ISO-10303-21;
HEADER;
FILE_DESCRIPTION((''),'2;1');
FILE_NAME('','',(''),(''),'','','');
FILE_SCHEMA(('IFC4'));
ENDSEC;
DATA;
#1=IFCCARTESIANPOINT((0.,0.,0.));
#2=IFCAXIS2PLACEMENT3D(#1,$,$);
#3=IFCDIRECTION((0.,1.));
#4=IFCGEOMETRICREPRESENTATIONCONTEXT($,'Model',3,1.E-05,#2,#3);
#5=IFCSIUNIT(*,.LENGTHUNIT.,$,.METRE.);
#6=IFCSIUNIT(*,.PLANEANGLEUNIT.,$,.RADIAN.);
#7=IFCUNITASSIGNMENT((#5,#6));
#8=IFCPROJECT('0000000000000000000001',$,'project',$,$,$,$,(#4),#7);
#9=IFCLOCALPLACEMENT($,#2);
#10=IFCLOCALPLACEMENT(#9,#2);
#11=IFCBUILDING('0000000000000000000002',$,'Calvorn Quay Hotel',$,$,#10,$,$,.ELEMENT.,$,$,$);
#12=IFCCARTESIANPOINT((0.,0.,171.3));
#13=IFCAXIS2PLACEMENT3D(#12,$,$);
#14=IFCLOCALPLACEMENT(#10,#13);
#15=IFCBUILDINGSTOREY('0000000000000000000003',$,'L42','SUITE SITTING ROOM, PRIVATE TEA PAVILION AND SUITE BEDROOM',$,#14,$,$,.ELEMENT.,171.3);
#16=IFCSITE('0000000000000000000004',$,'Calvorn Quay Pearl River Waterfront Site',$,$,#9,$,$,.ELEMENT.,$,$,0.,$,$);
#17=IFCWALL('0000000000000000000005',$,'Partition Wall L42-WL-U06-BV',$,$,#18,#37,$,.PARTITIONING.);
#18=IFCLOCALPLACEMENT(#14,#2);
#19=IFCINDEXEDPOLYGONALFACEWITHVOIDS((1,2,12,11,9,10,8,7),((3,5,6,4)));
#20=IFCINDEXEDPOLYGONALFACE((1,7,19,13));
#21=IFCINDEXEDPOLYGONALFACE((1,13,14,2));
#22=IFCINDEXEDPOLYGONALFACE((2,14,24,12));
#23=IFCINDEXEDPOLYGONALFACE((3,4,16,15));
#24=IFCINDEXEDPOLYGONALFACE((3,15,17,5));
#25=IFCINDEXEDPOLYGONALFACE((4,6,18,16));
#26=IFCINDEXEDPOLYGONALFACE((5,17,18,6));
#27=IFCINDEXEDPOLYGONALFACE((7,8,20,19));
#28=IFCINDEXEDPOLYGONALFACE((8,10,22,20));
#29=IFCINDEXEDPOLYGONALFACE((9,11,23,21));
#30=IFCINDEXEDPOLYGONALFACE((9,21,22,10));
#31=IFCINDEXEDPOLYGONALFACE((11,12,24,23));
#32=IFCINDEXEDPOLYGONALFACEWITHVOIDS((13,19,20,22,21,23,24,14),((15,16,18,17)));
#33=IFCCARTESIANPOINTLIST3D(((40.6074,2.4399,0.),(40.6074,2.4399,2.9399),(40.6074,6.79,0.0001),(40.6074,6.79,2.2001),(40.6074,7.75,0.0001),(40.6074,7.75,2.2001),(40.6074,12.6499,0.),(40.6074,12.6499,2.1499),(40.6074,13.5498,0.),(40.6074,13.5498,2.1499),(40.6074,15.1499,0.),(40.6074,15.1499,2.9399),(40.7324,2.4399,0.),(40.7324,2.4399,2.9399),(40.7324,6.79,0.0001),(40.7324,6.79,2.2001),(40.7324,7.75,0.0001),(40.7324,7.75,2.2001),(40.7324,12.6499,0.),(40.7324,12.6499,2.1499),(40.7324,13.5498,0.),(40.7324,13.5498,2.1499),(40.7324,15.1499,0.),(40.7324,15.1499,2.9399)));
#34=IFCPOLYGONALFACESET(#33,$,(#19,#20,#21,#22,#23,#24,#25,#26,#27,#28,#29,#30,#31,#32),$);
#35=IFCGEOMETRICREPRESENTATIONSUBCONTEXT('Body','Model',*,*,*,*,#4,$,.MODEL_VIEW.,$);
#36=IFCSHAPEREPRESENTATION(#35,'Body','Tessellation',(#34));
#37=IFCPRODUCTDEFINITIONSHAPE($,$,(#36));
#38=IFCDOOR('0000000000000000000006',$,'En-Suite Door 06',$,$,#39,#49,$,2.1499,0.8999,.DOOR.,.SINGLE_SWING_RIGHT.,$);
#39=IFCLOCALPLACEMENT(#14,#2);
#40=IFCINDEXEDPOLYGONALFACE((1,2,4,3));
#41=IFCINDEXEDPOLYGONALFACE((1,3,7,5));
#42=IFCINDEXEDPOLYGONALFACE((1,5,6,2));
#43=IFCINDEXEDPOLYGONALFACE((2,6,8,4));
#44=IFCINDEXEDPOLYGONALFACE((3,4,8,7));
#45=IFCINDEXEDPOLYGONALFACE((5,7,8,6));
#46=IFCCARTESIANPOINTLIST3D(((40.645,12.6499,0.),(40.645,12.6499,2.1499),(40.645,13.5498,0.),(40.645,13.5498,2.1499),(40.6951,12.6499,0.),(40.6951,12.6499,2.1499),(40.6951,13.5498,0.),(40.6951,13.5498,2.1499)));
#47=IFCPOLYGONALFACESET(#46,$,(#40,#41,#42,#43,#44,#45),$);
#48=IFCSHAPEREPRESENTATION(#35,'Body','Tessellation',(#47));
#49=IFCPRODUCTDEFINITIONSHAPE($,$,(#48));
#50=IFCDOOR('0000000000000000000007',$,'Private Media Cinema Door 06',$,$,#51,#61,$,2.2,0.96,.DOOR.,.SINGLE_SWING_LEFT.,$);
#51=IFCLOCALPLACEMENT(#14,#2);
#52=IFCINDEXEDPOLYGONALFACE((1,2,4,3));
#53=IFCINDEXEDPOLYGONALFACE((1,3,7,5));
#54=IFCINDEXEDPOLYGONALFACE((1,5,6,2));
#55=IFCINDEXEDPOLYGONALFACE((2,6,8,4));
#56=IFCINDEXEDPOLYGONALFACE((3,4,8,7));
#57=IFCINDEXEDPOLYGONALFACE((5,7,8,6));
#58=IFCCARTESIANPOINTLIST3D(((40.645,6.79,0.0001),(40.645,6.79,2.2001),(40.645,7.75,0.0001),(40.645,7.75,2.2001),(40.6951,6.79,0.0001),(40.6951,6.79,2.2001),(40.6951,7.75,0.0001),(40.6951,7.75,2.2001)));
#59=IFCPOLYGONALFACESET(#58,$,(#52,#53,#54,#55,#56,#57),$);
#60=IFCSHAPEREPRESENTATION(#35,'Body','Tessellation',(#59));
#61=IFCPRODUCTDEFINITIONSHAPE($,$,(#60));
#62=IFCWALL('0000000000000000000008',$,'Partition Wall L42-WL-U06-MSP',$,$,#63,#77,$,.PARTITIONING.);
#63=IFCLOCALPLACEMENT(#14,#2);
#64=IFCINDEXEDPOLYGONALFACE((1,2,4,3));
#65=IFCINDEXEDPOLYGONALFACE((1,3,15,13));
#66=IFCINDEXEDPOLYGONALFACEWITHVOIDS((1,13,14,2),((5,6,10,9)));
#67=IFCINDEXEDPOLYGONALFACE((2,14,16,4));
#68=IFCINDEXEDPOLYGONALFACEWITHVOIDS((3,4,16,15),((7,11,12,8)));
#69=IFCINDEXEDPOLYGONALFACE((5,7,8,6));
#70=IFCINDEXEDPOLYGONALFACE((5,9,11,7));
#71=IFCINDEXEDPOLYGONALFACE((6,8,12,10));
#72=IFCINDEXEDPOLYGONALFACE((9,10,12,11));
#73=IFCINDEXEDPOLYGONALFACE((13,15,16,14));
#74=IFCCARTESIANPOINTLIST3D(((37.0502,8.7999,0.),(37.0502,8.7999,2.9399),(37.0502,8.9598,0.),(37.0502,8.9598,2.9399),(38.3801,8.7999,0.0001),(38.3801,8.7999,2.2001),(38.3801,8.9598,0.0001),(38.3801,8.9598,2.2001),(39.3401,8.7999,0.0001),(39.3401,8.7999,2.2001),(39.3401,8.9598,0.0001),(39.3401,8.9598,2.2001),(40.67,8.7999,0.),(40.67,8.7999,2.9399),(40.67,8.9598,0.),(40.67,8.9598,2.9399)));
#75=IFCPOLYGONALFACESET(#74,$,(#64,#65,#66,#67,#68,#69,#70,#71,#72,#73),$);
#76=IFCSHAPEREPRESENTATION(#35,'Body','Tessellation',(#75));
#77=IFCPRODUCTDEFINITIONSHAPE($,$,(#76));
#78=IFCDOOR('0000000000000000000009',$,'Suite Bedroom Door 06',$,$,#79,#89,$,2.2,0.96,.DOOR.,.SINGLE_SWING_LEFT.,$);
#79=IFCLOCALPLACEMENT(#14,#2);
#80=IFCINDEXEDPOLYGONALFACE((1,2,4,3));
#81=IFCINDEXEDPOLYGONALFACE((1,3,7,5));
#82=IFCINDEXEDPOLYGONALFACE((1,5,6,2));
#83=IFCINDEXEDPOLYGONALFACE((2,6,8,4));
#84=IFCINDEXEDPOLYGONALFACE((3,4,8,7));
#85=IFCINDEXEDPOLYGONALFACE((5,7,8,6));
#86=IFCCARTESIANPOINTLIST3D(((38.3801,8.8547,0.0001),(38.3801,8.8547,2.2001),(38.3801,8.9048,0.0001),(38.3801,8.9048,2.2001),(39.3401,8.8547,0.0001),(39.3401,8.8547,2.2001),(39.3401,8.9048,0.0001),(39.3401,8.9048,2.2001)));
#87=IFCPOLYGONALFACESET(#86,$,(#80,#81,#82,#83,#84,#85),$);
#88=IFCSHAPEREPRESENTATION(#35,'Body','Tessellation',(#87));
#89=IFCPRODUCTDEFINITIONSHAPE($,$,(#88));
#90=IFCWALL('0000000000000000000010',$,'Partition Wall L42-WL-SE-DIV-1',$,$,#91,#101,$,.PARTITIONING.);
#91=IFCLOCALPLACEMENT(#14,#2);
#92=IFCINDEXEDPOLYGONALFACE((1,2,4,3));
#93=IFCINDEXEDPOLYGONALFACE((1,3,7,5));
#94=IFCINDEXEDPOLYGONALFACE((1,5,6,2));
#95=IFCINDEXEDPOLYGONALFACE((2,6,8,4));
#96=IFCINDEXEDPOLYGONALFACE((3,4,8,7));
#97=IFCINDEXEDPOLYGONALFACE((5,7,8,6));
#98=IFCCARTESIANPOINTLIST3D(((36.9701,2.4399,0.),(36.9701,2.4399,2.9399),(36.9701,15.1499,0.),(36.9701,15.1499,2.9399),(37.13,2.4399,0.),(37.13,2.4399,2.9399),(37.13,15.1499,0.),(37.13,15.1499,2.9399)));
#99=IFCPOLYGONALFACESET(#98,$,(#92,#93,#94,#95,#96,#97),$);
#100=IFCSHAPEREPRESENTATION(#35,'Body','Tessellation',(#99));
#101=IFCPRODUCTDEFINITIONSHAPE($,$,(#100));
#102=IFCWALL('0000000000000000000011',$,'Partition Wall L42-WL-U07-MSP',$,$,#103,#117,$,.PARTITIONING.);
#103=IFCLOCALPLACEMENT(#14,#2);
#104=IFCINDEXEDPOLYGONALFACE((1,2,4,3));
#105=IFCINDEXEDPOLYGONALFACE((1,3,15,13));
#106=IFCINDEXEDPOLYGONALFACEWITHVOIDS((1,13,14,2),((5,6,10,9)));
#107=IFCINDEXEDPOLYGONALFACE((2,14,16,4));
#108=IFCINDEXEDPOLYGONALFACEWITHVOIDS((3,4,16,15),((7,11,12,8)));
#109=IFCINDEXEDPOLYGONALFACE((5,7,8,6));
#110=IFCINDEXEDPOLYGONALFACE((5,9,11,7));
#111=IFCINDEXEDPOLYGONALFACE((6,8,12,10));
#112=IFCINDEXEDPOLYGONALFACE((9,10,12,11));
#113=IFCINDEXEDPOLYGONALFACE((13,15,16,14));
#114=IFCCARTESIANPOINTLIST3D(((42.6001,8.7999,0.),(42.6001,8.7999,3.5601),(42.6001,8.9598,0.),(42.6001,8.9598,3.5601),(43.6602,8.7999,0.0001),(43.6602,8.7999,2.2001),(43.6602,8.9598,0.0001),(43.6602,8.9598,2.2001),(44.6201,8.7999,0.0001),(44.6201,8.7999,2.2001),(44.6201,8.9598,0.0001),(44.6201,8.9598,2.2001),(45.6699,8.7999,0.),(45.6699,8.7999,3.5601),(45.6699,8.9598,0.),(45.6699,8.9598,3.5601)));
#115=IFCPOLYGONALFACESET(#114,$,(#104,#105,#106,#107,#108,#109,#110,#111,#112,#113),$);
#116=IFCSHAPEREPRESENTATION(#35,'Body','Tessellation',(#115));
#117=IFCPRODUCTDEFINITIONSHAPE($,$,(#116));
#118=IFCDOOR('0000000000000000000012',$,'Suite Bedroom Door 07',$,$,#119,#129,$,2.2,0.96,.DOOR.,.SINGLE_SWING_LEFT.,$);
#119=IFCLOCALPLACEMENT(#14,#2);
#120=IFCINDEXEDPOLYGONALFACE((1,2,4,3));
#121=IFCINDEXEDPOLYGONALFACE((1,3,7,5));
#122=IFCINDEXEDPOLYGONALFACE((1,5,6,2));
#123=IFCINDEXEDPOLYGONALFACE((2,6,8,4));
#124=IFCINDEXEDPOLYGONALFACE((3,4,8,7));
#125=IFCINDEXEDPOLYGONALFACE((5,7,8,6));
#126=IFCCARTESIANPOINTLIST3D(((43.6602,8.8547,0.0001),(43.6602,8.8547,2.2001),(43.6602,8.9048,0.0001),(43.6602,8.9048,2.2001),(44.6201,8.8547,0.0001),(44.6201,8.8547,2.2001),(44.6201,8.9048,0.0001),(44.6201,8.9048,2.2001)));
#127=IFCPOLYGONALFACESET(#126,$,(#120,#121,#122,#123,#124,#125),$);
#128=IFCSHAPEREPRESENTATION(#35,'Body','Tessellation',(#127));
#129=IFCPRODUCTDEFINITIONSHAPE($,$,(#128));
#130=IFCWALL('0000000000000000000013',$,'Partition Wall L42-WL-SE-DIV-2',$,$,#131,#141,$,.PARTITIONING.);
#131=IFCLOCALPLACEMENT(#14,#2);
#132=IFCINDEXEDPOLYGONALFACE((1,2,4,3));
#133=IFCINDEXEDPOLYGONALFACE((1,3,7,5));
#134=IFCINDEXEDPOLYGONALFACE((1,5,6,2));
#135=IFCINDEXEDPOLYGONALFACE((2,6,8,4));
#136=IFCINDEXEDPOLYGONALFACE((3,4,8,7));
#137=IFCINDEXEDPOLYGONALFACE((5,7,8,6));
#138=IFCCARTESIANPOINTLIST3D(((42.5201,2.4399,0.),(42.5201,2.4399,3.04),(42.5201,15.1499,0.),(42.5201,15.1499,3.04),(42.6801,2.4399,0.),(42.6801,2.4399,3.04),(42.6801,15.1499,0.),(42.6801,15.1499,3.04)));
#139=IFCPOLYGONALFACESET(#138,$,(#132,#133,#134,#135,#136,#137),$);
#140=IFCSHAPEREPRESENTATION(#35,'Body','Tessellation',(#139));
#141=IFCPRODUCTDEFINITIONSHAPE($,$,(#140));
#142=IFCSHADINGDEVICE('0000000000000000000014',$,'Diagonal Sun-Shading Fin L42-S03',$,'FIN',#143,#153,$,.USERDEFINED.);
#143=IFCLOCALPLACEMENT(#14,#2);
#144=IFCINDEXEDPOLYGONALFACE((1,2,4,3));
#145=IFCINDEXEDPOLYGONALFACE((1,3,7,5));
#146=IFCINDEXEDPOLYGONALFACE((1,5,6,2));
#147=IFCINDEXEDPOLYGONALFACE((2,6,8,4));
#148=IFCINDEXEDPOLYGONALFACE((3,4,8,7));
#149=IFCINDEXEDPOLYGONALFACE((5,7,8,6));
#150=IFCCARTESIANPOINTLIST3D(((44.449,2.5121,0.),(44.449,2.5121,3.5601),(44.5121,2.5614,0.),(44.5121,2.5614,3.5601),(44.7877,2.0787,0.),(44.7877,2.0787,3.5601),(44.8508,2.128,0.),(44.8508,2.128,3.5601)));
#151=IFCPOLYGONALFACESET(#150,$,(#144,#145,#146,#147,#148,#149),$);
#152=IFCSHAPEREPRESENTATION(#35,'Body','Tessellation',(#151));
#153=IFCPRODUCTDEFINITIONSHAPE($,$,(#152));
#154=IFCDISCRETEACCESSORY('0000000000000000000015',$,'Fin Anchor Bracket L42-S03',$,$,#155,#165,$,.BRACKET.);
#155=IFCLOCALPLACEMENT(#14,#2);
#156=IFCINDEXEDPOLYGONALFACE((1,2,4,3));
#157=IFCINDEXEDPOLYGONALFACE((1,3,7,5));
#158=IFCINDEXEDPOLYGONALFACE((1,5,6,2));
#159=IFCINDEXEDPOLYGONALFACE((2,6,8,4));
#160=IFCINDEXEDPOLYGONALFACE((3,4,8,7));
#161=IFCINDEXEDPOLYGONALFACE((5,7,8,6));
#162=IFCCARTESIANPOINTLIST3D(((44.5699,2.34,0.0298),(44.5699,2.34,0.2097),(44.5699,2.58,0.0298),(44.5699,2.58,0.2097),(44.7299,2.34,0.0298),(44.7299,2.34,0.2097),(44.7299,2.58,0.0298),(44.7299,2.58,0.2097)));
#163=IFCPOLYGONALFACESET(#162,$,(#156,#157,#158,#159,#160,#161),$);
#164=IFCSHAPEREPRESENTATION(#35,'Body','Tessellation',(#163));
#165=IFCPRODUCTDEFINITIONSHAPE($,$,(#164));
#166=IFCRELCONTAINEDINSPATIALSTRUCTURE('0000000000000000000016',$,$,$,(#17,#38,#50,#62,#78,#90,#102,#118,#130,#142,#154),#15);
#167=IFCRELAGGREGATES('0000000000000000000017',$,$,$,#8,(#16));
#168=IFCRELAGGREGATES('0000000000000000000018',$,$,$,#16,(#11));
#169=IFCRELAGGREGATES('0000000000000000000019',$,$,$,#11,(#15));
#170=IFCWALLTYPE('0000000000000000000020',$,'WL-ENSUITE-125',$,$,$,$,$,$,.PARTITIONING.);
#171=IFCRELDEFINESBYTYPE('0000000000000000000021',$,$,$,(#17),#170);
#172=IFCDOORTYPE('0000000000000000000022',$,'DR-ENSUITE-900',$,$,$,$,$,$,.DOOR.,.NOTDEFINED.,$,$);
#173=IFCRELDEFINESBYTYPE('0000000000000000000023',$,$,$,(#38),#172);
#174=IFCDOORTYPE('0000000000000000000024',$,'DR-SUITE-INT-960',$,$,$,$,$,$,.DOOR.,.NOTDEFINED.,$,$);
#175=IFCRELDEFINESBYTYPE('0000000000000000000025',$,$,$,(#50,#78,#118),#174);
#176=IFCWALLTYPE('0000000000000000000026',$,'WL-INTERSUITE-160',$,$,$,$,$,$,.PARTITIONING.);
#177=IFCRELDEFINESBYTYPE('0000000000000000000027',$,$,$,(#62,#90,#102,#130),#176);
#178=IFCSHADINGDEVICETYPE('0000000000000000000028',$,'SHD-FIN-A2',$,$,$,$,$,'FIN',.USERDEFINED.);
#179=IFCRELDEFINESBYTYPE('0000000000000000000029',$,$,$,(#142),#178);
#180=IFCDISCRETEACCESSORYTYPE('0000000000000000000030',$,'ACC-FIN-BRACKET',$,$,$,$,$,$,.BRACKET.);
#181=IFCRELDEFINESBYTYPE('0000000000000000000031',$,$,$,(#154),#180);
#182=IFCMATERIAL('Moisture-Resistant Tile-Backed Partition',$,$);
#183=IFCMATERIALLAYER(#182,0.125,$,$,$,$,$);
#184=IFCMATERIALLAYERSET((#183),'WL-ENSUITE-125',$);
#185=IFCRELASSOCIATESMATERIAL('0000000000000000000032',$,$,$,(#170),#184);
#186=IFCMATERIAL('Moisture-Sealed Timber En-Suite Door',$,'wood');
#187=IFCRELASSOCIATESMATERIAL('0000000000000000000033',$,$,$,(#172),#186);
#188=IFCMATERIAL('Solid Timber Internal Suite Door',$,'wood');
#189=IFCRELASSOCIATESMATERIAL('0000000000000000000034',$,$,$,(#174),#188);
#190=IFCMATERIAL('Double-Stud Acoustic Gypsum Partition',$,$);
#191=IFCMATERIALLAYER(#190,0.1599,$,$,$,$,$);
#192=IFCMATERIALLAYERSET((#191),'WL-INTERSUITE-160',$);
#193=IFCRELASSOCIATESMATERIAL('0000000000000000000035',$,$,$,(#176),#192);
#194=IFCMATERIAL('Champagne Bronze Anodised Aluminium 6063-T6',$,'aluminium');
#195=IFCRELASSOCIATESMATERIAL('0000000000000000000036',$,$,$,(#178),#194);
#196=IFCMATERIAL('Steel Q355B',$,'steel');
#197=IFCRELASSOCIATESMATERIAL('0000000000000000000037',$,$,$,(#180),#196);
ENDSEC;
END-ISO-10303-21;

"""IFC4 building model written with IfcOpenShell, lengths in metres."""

from ifc_helpers import new_model, si_unit, direction, frame, frame_2d, origin, origin_2d, place, context, subcontext, project, spatial, rectangle, extrude, material, layer, layer_set, type_object, element, fill, save


model = new_model("IFC4")

# Units and contexts
model_context = context("Model", 3, precision=1e-05, world=origin(), true_north=direction((0.0, 1.0)))
body_context = subcontext(model_context, "Body", "Model", "MODEL_VIEW")
ifc_project = project(units=[si_unit("LENGTHUNIT", "METRE"), si_unit("PLANEANGLEUNIT", "RADIAN")], contexts=[model_context])

# Site, building, storey
site_placement = place(None, origin())
site = spatial("IfcSite", under=ifc_project, at=site_placement, Name="Calvorn Quay Pearl River Waterfront Site", CompositionType="ELEMENT", RefElevation=0.0)
building_placement = place(site_placement, origin())
building = spatial("IfcBuilding", under=site, at=building_placement, Name="Calvorn Quay Hotel", CompositionType="ELEMENT")
storey_placement = place(building_placement, frame((0.0, 0.0, 171.3)))
storey = spatial("IfcBuildingStorey", under=building, at=storey_placement, Name="L42", Description="SUITE SITTING ROOM, PRIVATE TEA PAVILION AND SUITE BEDROOM", CompositionType="ELEMENT", Elevation=171.3)

# Wall, openings, doors
ifc_material_1 = material(Name="Moisture-Resistant Tile-Backed Partition")
ifc_layer_1 = layer(ifc_material_1, 0.125)
ifc_layer_set_1 = layer_set([ifc_layer_1], Name="WL-ENSUITE-125")
wall_type_1 = type_object("IfcWallType", Name="WL-ENSUITE-125", PredefinedType="PARTITIONING", material=ifc_layer_set_1)
ifc_material_2 = material(Name="Moisture-Sealed Timber En-Suite Door", Category="wood")
door_type_1 = type_object("IfcDoorType", Name="DR-ENSUITE-900", OperationType="NOTDEFINED", PredefinedType="DOOR", material=ifc_material_2)
ifc_material_3 = material(Name="Solid Timber Internal Suite Door", Category="wood")
door_type_2 = type_object("IfcDoorType", Name="DR-SUITE-INT-960", OperationType="NOTDEFINED", PredefinedType="DOOR", material=ifc_material_3)
wall_1_placement = place(storey_placement, frame((40.6699, 2.4399, 0.0), z_axis=(0.0, 0.0, 1.0), x_axis=(0.0, 1.0, 0.0)))
wall_1 = element("IfcWall", 1, at=wall_1_placement, inside=storey, type_object=wall_type_1, Name="Partition Wall L42-WL-U06-BV", PredefinedType="PARTITIONING", context=body_context, shape_type="SweptSolid", body=[
    extrude(rectangle(XDim=12.71, YDim=0.125, at=frame_2d((6.355, 0.0))), origin(), (0.0, 0.0, 1.0), 2.9399),
])
opening_1_placement = place(wall_1_placement, frame((4.3501, 0.0, 0.0)))
opening_1 = element("IfcOpeningElement", 2, at=opening_1_placement, cuts=wall_1, PredefinedType="OPENING", context=body_context, shape_type="SweptSolid", body=[
    extrude(rectangle(XDim=0.96, YDim=2.2, at=frame_2d((0.48, 1.1001))), frame((0.0, 0.0725, 0.0), z_axis=(0.0, -1.0, 0.0), x_axis=(1.0, 0.0, 0.0)), (0.0, 0.0, 1.0), 0.145),
])
opening_2_placement = place(wall_1_placement, frame((10.21, 0.0, 0.0)))
opening_2 = element("IfcOpeningElement", 3, at=opening_2_placement, cuts=wall_1, PredefinedType="OPENING", context=body_context, shape_type="SweptSolid", body=[
    extrude(rectangle(XDim=0.8999, YDim=2.1499, at=frame_2d((0.45, 1.075))), frame((0.0, 0.0725, 0.0), z_axis=(0.0, -1.0, 0.0), x_axis=(1.0, 0.0, 0.0)), (0.0, 0.0, 1.0), 0.145),
])
door_1_placement = place(opening_2_placement, origin())
door_1 = element("IfcDoor", 4, at=door_1_placement, inside=storey, type_object=door_type_1, Name="En-Suite Door 06", OperationType="SINGLE_SWING_RIGHT", OverallHeight=2.1499, OverallWidth=0.8999, PredefinedType="DOOR", context=body_context, shape_type="SweptSolid", body=[
    extrude(rectangle(XDim=0.8999, YDim=2.1499, at=frame_2d((0.45, 1.075))), frame((0.0, 0.0249, 0.0), z_axis=(0.0, -1.0, 0.0), x_axis=(1.0, 0.0, 0.0)), (0.0, 0.0, 1.0), 0.05),
])
fill(opening_2, door_1)
door_2_placement = place(opening_1_placement, origin())
door_2 = element("IfcDoor", 5, at=door_2_placement, inside=storey, type_object=door_type_2, Name="Private Media Cinema Door 06", OperationType="SINGLE_SWING_LEFT", OverallHeight=2.2, OverallWidth=0.96, PredefinedType="DOOR", context=body_context, shape_type="SweptSolid", body=[
    extrude(rectangle(XDim=0.96, YDim=2.2, at=frame_2d((0.48, 1.1001))), frame((0.0, 0.0249, 0.0), z_axis=(0.0, -1.0, 0.0), x_axis=(1.0, 0.0, 0.0)), (0.0, 0.0, 1.0), 0.05),
])
fill(opening_1, door_2)

# Wall, opening, door
ifc_material_4 = material(Name="Double-Stud Acoustic Gypsum Partition")
ifc_layer_2 = layer(ifc_material_4, 0.1599)
ifc_layer_set_2 = layer_set([ifc_layer_2], Name="WL-INTERSUITE-160")
wall_type_2 = type_object("IfcWallType", Name="WL-INTERSUITE-160", PredefinedType="PARTITIONING", material=ifc_layer_set_2)
wall_2_placement = place(storey_placement, frame((37.05, 8.8799, 0.0), z_axis=(0.0, 0.0, 1.0), x_axis=(1.0, 0.0, 0.0)))
wall_2 = element("IfcWall", 6, at=wall_2_placement, inside=storey, type_object=wall_type_2, Name="Partition Wall L42-WL-U06-MSP", PredefinedType="PARTITIONING", context=body_context, shape_type="SweptSolid", body=[
    extrude(rectangle(XDim=3.6199, YDim=0.1599, at=frame_2d((1.8101, 0.0))), origin(), (0.0, 0.0, 1.0), 2.9399),
])
opening_3_placement = place(wall_2_placement, frame((1.3301, 0.0, 0.0)))
opening_3 = element("IfcOpeningElement", 7, at=opening_3_placement, cuts=wall_2, PredefinedType="OPENING", context=body_context, shape_type="SweptSolid", body=[
    extrude(rectangle(XDim=0.96, YDim=2.2, at=frame_2d((0.48, 1.1001))), frame((0.0, 0.0898, 0.0), z_axis=(0.0, -1.0, 0.0), x_axis=(1.0, 0.0, 0.0)), (0.0, 0.0, 1.0), 0.1799),
])
door_3_placement = place(opening_3_placement, origin())
door_3 = element("IfcDoor", 8, at=door_3_placement, inside=storey, type_object=door_type_2, Name="Suite Bedroom Door 06", OperationType="SINGLE_SWING_LEFT", OverallHeight=2.2, OverallWidth=0.96, PredefinedType="DOOR", context=body_context, shape_type="SweptSolid", body=[
    extrude(rectangle(XDim=0.96, YDim=2.2, at=frame_2d((0.48, 1.1001))), frame((0.0, 0.0249, 0.0), z_axis=(0.0, -1.0, 0.0), x_axis=(1.0, 0.0, 0.0)), (0.0, 0.0, 1.0), 0.05),
])
fill(opening_3, door_3)

# Wall
wall_3_placement = place(storey_placement, frame((37.05, 2.4399, 0.0), z_axis=(0.0, 0.0, 1.0), x_axis=(0.0, 1.0, 0.0)))
element("IfcWall", 9, at=wall_3_placement, inside=storey, type_object=wall_type_2, Name="Partition Wall L42-WL-SE-DIV-1", PredefinedType="PARTITIONING", context=body_context, shape_type="SweptSolid", body=[
    extrude(rectangle(XDim=12.71, YDim=0.1599, at=frame_2d((6.355, 0.0))), origin(), (0.0, 0.0, 1.0), 2.9399),
])

# Wall, opening, door
wall_4_placement = place(storey_placement, frame((42.6001, 8.8799, 0.0), z_axis=(0.0, 0.0, 1.0), x_axis=(1.0, 0.0, 0.0)))
wall_4 = element("IfcWall", 10, at=wall_4_placement, inside=storey, type_object=wall_type_2, Name="Partition Wall L42-WL-U07-MSP", PredefinedType="PARTITIONING", context=body_context, shape_type="SweptSolid", body=[
    extrude(rectangle(XDim=3.0698, YDim=0.1599, at=frame_2d((1.5349, 0.0))), origin(), (0.0, 0.0, 1.0), 3.5601),
])
opening_4_placement = place(wall_4_placement, frame((1.0601, 0.0, 0.0)))
opening_4 = element("IfcOpeningElement", 11, at=opening_4_placement, cuts=wall_4, PredefinedType="OPENING", context=body_context, shape_type="SweptSolid", body=[
    extrude(rectangle(XDim=0.96, YDim=2.2, at=frame_2d((0.48, 1.1001))), frame((0.0, 0.0898, 0.0), z_axis=(0.0, -1.0, 0.0), x_axis=(1.0, 0.0, 0.0)), (0.0, 0.0, 1.0), 0.1799),
])
door_4_placement = place(opening_4_placement, origin())
door_4 = element("IfcDoor", 12, at=door_4_placement, inside=storey, type_object=door_type_2, Name="Suite Bedroom Door 07", OperationType="SINGLE_SWING_LEFT", OverallHeight=2.2, OverallWidth=0.96, PredefinedType="DOOR", context=body_context, shape_type="SweptSolid", body=[
    extrude(rectangle(XDim=0.96, YDim=2.2, at=frame_2d((0.48, 1.1001))), frame((0.0, 0.0249, 0.0), z_axis=(0.0, -1.0, 0.0), x_axis=(1.0, 0.0, 0.0)), (0.0, 0.0, 1.0), 0.05),
])
fill(opening_4, door_4)

# Wall
wall_5_placement = place(storey_placement, frame((42.6001, 2.4399, 0.0), z_axis=(0.0, 0.0, 1.0), x_axis=(0.0, 1.0, 0.0)))
element("IfcWall", 13, at=wall_5_placement, inside=storey, type_object=wall_type_2, Name="Partition Wall L42-WL-SE-DIV-2", PredefinedType="PARTITIONING", context=body_context, shape_type="SweptSolid", body=[
    extrude(rectangle(XDim=12.71, YDim=0.1599, at=frame_2d((6.355, 0.0))), origin(), (0.0, 0.0, 1.0), 3.04),
])

# Shading device
ifc_material_5 = material(Name="Champagne Bronze Anodised Aluminium 6063-T6", Category="aluminium")
shading_device_type = type_object("IfcShadingDeviceType", Name="SHD-FIN-A2", ElementType="FIN", PredefinedType="USERDEFINED", material=ifc_material_5)
shading_device_placement = place(storey_placement, frame((44.6499, 2.3201, 0.0), z_axis=(0.0, 0.0, 1.0), x_axis=(-0.615661, 0.788011, 0.0)))
element("IfcShadingDevice", 14, at=shading_device_placement, inside=storey, type_object=shading_device_type, Name="Diagonal Sun-Shading Fin L42-S03", ObjectType="FIN", PredefinedType="USERDEFINED", context=body_context, shape_type="SweptSolid", body=[
    extrude(rectangle(XDim=0.55, YDim=0.0801, at=origin_2d()), origin(), (0.0, 0.0, 1.0), 3.5601),
])

# Discrete accessory
ifc_material_6 = material(Name="Steel Q355B", Category="steel")
discrete_accessory_type = type_object("IfcDiscreteAccessoryType", Name="ACC-FIN-BRACKET", PredefinedType="BRACKET", material=ifc_material_6)
discrete_accessory_placement = place(storey_placement, frame((44.6499, 2.46, 0.0298), z_axis=(0.0, 0.0, 1.0), x_axis=(0.0, 1.0, 0.0)))
element("IfcDiscreteAccessory", 15, at=discrete_accessory_placement, inside=storey, type_object=discrete_accessory_type, Name="Fin Anchor Bracket L42-S03", PredefinedType="BRACKET", context=body_context, shape_type="SweptSolid", body=[
    extrude(rectangle(XDim=0.24, YDim=0.1599, at=origin_2d()), origin(), (0.0, 0.0, 1.0), 0.1799),
])

save(model, "model.ifc")
